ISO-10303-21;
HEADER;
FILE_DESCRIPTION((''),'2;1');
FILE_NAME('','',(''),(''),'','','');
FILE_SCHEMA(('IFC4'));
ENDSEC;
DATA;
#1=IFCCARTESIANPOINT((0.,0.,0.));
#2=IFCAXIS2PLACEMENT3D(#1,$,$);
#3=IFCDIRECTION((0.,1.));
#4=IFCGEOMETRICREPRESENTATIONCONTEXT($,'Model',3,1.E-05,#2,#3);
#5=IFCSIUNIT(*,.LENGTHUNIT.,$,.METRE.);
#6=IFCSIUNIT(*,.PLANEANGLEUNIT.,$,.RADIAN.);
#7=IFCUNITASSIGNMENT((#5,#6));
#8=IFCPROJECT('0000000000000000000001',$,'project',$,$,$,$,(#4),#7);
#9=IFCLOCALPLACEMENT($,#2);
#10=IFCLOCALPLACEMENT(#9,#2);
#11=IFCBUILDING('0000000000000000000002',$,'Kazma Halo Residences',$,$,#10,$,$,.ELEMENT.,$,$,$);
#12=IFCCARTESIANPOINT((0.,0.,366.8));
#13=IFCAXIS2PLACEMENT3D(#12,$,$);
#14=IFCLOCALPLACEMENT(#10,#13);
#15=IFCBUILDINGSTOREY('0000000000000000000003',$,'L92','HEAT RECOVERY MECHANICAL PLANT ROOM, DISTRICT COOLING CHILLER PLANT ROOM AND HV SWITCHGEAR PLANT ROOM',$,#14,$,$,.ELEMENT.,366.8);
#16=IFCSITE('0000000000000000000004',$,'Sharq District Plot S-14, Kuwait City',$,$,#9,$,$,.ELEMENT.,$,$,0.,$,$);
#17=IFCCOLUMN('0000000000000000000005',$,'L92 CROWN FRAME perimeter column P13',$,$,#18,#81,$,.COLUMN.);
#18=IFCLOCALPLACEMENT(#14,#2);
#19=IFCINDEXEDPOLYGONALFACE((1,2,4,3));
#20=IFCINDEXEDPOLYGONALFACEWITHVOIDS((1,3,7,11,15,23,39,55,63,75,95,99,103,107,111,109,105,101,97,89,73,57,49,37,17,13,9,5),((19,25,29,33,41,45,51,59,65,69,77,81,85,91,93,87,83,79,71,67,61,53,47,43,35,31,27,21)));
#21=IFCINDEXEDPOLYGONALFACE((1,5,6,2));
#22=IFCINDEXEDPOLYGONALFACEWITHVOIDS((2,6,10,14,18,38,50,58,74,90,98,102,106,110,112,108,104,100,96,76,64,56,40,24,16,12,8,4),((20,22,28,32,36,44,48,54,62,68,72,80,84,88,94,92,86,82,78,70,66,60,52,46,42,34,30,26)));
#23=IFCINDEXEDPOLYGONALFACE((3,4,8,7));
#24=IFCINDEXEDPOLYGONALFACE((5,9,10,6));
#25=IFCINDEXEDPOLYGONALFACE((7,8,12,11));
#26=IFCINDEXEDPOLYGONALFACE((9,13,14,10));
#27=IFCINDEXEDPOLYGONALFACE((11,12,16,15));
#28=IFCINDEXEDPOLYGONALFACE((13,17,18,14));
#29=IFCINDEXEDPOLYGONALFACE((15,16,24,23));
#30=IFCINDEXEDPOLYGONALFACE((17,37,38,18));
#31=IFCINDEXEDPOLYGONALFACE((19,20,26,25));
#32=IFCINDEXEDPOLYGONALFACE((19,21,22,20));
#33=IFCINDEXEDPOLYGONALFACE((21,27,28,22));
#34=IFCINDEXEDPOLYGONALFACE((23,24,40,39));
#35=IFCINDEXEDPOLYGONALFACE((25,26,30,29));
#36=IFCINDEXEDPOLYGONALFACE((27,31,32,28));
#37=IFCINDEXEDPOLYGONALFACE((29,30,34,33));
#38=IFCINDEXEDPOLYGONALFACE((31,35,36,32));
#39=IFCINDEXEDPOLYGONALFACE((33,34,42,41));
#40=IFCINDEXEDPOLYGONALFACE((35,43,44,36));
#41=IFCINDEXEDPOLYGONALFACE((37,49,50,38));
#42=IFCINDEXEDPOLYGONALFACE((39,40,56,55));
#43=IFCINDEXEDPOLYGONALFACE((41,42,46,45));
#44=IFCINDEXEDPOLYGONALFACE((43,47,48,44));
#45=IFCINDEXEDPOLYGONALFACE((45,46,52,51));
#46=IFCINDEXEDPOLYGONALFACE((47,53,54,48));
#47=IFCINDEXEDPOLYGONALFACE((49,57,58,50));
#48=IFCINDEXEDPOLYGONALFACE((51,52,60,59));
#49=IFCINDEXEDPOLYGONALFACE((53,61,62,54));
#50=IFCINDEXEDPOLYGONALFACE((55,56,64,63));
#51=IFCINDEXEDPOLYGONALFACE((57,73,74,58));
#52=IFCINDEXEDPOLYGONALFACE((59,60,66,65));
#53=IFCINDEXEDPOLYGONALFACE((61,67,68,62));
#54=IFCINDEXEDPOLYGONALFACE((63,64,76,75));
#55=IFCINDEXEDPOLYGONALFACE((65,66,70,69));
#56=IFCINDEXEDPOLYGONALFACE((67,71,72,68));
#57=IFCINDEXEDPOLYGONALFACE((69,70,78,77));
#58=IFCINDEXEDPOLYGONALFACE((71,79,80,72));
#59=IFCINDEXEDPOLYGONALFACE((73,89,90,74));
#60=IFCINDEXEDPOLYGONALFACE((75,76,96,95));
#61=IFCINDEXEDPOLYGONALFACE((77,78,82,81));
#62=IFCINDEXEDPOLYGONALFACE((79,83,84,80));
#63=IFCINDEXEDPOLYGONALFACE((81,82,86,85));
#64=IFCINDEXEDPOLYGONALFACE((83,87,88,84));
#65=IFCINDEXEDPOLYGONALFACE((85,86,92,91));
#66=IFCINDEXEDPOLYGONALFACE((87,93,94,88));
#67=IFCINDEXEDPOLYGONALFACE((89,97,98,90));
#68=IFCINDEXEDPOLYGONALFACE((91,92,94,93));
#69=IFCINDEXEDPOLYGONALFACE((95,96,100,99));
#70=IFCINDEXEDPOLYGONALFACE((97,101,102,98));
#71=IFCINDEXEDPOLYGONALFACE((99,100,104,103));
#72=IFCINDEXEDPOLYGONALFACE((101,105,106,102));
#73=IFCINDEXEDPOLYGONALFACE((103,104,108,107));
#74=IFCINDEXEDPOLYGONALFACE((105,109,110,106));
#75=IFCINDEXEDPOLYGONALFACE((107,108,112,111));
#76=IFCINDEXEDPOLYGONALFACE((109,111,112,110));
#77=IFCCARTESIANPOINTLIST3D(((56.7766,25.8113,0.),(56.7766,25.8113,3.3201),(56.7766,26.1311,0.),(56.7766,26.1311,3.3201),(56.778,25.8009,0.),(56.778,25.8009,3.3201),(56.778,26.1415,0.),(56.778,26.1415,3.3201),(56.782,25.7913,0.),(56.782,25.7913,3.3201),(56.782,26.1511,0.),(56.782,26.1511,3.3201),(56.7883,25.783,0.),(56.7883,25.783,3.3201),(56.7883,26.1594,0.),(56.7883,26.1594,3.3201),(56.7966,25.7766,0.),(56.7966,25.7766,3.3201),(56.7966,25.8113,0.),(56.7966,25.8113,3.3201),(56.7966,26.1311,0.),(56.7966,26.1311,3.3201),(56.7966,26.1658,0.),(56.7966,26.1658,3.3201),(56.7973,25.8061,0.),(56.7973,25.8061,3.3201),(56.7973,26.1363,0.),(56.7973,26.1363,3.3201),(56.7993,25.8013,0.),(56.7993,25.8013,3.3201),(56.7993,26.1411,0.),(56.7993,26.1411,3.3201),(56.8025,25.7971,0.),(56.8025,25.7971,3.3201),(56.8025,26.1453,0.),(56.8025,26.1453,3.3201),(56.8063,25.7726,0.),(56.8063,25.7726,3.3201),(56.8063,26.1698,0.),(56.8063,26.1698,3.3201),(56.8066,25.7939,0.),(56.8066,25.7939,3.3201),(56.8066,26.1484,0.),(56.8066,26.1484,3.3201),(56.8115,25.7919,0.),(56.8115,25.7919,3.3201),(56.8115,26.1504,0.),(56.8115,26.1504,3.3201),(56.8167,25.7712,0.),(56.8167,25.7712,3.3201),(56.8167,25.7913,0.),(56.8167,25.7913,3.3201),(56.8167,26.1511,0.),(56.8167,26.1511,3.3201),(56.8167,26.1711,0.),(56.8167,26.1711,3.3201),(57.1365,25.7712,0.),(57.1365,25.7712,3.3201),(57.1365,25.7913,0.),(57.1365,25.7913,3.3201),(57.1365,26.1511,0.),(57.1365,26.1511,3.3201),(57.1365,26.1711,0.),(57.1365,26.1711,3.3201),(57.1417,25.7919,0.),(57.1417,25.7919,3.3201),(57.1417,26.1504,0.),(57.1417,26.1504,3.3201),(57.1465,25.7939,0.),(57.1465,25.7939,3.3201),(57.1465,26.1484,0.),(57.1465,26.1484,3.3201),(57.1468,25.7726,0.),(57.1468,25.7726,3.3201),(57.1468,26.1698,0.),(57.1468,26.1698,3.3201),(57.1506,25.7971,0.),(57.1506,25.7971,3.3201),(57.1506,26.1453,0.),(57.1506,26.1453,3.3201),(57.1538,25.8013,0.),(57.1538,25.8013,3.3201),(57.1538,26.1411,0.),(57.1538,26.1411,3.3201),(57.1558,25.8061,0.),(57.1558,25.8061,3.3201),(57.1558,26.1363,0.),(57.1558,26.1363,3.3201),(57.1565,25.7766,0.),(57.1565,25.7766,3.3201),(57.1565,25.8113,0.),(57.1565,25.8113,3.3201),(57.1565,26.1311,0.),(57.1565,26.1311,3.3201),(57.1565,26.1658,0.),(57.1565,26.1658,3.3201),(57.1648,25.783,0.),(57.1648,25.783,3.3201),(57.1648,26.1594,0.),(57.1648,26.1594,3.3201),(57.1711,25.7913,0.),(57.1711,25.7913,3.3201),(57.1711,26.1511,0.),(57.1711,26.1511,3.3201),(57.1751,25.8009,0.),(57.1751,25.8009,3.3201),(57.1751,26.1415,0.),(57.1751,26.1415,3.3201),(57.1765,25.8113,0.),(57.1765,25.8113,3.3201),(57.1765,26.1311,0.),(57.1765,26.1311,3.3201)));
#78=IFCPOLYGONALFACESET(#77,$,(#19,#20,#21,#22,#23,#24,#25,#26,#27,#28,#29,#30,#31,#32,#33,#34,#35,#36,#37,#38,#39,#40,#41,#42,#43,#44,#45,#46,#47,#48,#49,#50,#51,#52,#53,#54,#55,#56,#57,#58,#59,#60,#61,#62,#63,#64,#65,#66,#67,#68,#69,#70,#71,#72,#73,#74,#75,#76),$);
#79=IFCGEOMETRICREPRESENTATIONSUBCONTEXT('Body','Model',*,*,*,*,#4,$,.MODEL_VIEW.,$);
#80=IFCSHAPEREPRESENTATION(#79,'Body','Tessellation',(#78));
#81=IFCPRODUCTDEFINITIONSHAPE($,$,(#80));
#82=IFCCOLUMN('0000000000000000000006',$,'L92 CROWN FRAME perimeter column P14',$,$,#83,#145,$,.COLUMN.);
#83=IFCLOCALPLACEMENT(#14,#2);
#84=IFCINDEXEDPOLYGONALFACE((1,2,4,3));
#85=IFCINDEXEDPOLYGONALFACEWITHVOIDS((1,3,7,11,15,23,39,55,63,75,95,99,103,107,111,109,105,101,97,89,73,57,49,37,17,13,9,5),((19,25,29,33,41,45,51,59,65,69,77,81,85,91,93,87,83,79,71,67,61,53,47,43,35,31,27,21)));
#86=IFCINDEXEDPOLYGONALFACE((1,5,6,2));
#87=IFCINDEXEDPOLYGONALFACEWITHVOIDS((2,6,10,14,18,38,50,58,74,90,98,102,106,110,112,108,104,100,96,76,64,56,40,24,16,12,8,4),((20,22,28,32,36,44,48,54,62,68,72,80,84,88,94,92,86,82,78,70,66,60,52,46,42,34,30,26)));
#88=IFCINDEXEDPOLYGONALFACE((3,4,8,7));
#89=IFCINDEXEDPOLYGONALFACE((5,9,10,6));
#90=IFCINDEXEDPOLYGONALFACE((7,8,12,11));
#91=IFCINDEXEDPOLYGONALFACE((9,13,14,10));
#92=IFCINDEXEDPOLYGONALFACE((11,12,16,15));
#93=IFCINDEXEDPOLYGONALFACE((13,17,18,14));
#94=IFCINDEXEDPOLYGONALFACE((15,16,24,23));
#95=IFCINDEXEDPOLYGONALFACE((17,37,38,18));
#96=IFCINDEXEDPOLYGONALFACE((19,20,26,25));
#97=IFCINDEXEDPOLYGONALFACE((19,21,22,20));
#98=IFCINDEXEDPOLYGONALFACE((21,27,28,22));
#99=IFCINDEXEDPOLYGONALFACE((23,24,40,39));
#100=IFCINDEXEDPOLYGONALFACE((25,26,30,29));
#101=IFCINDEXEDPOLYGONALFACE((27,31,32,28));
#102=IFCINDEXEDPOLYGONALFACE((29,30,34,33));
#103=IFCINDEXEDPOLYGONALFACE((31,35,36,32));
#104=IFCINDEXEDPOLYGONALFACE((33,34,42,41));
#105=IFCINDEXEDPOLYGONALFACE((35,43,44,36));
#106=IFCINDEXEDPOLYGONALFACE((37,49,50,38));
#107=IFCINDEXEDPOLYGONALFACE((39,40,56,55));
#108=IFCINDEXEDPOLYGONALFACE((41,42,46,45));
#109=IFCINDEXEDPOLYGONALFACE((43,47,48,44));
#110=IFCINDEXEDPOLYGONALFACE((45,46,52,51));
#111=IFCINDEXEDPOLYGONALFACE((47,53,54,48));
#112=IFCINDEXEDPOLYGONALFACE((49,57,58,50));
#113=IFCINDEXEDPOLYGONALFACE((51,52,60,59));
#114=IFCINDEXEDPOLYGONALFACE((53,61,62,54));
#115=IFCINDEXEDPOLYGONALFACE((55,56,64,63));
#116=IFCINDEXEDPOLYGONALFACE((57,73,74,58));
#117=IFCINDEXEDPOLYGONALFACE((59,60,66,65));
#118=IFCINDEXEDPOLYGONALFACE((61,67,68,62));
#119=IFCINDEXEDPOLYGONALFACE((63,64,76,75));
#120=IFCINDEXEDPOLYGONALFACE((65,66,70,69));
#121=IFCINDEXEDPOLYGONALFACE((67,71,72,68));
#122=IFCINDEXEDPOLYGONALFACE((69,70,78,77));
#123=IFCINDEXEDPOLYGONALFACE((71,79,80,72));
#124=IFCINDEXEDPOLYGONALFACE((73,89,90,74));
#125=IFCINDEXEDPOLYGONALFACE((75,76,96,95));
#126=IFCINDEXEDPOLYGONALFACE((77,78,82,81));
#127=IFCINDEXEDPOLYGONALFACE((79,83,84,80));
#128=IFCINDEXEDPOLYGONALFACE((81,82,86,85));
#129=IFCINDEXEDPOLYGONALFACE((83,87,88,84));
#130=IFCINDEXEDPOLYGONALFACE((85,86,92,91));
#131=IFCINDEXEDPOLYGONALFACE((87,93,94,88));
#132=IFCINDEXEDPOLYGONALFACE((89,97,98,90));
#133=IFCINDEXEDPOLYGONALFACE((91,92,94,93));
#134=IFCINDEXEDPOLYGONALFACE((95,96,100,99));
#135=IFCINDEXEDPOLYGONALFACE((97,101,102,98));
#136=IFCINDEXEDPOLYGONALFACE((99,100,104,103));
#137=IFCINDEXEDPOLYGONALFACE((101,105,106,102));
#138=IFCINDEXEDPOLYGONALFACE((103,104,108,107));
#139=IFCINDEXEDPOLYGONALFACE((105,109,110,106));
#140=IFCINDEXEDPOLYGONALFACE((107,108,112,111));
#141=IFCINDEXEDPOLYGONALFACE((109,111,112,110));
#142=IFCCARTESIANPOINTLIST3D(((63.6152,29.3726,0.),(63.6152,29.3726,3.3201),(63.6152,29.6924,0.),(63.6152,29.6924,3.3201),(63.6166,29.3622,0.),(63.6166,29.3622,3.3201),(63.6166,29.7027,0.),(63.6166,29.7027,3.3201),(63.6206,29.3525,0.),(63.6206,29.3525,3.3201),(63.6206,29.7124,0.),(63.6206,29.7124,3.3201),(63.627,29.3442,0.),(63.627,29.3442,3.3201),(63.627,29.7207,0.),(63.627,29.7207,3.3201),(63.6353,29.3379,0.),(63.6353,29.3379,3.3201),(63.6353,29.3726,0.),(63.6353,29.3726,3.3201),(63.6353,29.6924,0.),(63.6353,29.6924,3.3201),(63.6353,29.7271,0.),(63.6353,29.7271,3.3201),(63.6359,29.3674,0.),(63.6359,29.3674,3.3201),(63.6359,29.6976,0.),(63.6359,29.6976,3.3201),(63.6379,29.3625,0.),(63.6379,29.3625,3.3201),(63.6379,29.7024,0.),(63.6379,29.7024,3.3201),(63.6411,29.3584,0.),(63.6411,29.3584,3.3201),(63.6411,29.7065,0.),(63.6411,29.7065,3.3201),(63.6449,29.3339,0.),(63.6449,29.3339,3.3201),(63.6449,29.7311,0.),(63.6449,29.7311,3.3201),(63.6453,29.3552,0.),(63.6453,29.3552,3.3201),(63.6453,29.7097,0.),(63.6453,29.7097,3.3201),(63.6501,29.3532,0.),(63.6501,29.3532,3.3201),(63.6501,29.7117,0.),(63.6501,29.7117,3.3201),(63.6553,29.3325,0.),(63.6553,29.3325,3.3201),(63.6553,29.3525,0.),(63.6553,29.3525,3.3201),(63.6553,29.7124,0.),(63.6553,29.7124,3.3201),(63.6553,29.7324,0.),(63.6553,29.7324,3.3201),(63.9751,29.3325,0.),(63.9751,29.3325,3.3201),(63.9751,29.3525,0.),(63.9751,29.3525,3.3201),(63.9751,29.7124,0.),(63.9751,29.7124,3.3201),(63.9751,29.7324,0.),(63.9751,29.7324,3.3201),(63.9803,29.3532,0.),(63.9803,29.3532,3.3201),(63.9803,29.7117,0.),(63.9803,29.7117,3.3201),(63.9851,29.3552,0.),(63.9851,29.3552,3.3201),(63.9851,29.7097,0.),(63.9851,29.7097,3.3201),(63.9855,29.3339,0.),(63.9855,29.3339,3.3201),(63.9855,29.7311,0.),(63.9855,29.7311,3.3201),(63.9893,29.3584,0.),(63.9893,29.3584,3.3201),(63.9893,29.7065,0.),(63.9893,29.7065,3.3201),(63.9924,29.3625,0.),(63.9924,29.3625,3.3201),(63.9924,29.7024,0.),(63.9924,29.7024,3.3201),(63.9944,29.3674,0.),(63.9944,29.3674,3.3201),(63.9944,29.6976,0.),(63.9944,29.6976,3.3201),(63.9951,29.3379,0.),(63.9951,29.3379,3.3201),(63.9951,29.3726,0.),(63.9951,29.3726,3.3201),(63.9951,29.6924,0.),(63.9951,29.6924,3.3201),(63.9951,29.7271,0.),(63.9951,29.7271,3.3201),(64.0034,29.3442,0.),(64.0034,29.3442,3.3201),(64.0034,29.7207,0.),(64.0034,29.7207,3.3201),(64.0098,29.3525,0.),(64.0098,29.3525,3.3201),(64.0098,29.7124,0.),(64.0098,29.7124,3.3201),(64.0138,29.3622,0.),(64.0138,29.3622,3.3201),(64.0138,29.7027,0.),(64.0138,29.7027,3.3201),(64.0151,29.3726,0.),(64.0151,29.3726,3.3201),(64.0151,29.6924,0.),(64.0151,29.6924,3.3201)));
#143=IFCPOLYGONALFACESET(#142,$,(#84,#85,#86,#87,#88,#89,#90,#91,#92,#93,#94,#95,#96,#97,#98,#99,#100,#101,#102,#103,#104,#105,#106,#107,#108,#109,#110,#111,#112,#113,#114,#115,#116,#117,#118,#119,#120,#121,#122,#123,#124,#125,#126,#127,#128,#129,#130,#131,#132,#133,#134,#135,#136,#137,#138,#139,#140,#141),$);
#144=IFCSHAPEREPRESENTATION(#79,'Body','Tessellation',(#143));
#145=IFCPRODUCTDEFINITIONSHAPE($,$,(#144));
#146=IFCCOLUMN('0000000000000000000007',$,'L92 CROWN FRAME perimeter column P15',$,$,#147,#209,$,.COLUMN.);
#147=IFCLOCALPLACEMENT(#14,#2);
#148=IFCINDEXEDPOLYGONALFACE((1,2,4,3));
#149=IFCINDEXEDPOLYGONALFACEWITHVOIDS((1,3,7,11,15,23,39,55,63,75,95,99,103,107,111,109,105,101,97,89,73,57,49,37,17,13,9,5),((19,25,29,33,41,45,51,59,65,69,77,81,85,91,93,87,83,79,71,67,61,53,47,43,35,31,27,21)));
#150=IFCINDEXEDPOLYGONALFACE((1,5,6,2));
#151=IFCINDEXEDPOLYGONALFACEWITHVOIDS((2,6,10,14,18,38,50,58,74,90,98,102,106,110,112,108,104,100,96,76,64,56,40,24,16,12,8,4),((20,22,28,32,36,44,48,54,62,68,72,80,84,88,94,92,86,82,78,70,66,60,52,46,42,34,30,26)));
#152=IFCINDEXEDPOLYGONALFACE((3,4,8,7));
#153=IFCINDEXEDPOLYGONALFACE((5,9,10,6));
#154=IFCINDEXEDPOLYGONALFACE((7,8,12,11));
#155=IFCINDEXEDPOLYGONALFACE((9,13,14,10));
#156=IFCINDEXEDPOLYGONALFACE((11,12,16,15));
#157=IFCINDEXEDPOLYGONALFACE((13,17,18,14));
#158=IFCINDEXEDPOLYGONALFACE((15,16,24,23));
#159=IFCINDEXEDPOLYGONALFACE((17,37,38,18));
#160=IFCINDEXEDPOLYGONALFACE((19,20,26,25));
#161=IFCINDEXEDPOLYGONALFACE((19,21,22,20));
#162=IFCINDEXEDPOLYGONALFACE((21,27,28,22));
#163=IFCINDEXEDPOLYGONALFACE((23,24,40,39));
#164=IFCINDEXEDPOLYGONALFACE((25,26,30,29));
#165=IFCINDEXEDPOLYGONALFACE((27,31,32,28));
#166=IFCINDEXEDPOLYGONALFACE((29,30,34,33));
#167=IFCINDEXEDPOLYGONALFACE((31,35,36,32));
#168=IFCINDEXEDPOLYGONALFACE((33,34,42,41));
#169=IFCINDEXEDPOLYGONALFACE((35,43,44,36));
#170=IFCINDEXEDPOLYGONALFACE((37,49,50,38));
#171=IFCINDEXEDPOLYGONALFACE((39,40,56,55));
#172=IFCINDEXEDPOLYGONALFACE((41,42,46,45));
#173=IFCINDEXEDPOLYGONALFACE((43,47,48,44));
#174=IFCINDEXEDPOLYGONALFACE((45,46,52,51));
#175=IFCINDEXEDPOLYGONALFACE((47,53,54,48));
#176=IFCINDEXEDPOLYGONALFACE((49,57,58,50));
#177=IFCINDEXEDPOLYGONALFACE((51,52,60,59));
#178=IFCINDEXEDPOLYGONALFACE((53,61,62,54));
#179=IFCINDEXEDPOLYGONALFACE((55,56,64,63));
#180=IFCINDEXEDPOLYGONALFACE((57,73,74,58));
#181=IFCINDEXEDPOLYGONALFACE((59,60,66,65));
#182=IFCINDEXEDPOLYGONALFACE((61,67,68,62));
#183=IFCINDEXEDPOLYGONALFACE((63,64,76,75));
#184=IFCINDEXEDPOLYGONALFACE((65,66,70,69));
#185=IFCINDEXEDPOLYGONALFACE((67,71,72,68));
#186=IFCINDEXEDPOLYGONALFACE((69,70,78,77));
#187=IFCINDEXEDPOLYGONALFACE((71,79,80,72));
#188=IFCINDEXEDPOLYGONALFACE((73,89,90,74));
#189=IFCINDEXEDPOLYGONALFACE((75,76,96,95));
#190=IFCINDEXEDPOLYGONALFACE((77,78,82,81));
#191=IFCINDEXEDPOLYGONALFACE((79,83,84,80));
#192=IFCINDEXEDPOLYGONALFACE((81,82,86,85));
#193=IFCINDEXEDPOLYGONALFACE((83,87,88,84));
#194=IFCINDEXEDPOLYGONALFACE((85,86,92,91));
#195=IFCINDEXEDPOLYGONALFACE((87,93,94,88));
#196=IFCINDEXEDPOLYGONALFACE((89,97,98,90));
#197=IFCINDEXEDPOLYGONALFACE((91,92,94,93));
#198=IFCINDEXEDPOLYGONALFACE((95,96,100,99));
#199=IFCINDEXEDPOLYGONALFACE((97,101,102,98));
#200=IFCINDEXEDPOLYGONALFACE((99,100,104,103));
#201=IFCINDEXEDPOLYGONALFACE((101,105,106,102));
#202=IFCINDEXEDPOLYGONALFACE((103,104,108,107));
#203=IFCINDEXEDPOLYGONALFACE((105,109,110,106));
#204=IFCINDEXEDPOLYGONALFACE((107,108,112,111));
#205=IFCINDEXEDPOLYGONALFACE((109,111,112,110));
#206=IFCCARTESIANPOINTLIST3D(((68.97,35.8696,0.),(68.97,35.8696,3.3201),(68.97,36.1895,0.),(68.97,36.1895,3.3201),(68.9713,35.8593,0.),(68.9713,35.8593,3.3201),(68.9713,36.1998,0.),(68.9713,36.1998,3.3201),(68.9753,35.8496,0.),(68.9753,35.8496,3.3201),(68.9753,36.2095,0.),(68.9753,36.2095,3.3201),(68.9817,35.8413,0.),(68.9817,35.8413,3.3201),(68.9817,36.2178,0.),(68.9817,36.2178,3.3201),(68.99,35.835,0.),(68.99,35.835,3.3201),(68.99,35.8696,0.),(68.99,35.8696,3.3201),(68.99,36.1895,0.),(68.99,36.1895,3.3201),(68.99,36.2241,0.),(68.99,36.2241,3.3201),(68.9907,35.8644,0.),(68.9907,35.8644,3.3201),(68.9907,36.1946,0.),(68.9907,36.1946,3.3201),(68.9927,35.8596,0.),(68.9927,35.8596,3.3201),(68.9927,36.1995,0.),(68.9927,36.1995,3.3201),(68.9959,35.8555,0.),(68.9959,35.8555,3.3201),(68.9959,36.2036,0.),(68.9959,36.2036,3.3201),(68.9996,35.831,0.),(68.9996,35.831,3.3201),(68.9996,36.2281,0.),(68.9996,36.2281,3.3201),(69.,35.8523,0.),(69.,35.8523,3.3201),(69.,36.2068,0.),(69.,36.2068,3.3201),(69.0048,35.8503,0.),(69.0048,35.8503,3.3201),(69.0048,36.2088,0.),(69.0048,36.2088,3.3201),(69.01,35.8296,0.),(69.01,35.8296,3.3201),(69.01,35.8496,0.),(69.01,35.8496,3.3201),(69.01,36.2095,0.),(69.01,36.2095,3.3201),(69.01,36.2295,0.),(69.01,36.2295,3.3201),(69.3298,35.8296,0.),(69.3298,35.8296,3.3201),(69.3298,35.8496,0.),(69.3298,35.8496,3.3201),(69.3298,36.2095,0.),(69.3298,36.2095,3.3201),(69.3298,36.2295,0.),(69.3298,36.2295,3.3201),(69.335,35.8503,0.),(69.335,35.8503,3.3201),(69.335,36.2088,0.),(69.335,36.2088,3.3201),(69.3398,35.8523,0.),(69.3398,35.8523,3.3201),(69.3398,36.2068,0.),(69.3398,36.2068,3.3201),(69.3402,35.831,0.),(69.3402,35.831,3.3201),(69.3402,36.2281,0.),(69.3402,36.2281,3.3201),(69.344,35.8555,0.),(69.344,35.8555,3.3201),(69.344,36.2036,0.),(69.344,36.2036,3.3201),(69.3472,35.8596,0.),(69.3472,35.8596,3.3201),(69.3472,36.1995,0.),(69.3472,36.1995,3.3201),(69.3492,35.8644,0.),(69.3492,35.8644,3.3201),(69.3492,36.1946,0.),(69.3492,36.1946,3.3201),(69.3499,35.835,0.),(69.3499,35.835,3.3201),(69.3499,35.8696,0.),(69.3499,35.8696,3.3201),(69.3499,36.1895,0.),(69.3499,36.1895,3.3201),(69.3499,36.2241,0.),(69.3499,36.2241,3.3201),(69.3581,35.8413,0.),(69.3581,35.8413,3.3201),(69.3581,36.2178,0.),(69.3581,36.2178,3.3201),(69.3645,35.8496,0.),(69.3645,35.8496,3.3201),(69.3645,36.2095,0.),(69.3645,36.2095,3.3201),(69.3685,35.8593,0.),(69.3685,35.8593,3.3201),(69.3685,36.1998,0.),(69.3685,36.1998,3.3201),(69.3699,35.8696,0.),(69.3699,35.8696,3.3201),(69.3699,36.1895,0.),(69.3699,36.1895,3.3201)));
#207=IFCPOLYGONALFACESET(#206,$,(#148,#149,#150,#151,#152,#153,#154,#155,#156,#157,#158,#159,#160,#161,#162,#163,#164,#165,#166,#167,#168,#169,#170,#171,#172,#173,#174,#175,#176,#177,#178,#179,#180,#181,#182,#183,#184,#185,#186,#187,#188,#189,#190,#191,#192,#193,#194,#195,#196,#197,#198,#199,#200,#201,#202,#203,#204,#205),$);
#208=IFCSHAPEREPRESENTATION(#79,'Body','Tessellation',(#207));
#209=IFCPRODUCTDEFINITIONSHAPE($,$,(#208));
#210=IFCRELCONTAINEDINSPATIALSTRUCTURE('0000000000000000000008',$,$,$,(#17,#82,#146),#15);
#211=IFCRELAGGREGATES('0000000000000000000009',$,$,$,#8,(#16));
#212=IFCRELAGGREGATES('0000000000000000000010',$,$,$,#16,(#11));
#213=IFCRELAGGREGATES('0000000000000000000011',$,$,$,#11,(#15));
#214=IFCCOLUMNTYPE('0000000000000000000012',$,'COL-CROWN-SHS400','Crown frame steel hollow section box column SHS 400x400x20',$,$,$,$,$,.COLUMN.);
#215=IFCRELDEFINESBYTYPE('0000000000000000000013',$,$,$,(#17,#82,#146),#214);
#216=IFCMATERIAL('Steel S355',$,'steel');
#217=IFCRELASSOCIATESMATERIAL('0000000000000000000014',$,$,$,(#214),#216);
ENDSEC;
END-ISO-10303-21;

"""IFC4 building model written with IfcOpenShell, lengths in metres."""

from ifc_helpers import new_model, si_unit, direction, frame, origin, origin_2d, place, context, subcontext, project, spatial, hollow_rectangle, extrude, material, material_profile, profile_set, type_object, element, save


model = new_model("IFC4")

# Units and contexts
model_context = context("Model", 3, precision=1e-05, world=origin(), true_north=direction((0.0, 1.0)))
body_context = subcontext(model_context, "Body", "Model", "MODEL_VIEW")
ifc_project = project(units=[si_unit("LENGTHUNIT", "METRE"), si_unit("PLANEANGLEUNIT", "RADIAN")], contexts=[model_context])

# Site, building, storey
site_placement = place(None, origin())
site = spatial("IfcSite", under=ifc_project, at=site_placement, Name="Sharq District Plot S-14, Kuwait City", CompositionType="ELEMENT", RefElevation=0.0)
building_placement = place(site_placement, origin())
building = spatial("IfcBuilding", under=site, at=building_placement, Name="Kazma Halo Residences", CompositionType="ELEMENT")
storey_placement = place(building_placement, frame((0.0, 0.0, 366.8)))
storey = spatial("IfcBuildingStorey", under=building, at=storey_placement, Name="L92", Description="HEAT RECOVERY MECHANICAL PLANT ROOM, DISTRICT COOLING CHILLER PLANT ROOM AND HV SWITCHGEAR PLANT ROOM", CompositionType="ELEMENT", Elevation=366.8)

# Columns
ifc_material_1 = material(Name="Steel S355", Category="steel")
ifc_material_profile_1 = material_profile(ifc_material_1, hollow_rectangle(XDim=0.3999, YDim=0.3999, WallThickness=0.02, InnerFilletRadius=0.02, OuterFilletRadius=0.04, at=origin_2d()), Name="SHS400x400x20")
ifc_profile_set_1 = profile_set([ifc_material_profile_1], Name="Steel S355")
column_type = type_object("IfcColumnType", Name="COL-CROWN-SHS400", Description="Crown frame steel hollow section box column SHS 400x400x20", PredefinedType="COLUMN", material=ifc_profile_set_1)
for number, where, z_axis, x_axis, name in (
    (1, (56.9766, 25.9712, 0.0), (0.0, 0.0, 1.0), (1.0, 0.0, 0.0), "L92 CROWN FRAME perimeter column P13"),
    (2, (63.8152, 29.5325, 0.0), (0.0, 0.0, 1.0), (1.0, 0.0, 0.0), "L92 CROWN FRAME perimeter column P14"),
    (3, (69.1699, 36.0295, 0.0), (0.0, 0.0, 1.0), (1.0, 0.0, 0.0), "L92 CROWN FRAME perimeter column P15"),
):
    element("IfcColumn", number, at=place(storey_placement, frame(where, z_axis=z_axis, x_axis=x_axis)), inside=storey, type_object=column_type, Name=name, PredefinedType="COLUMN", context=body_context, shape_type="SweptSolid", body=[
        extrude(hollow_rectangle(XDim=0.3999, YDim=0.3999, WallThickness=0.02, InnerFilletRadius=0.02, OuterFilletRadius=0.04, at=origin_2d()), origin(), (0.0, 0.0, 1.0), 3.3201),
    ])

save(model, "model.ifc")
